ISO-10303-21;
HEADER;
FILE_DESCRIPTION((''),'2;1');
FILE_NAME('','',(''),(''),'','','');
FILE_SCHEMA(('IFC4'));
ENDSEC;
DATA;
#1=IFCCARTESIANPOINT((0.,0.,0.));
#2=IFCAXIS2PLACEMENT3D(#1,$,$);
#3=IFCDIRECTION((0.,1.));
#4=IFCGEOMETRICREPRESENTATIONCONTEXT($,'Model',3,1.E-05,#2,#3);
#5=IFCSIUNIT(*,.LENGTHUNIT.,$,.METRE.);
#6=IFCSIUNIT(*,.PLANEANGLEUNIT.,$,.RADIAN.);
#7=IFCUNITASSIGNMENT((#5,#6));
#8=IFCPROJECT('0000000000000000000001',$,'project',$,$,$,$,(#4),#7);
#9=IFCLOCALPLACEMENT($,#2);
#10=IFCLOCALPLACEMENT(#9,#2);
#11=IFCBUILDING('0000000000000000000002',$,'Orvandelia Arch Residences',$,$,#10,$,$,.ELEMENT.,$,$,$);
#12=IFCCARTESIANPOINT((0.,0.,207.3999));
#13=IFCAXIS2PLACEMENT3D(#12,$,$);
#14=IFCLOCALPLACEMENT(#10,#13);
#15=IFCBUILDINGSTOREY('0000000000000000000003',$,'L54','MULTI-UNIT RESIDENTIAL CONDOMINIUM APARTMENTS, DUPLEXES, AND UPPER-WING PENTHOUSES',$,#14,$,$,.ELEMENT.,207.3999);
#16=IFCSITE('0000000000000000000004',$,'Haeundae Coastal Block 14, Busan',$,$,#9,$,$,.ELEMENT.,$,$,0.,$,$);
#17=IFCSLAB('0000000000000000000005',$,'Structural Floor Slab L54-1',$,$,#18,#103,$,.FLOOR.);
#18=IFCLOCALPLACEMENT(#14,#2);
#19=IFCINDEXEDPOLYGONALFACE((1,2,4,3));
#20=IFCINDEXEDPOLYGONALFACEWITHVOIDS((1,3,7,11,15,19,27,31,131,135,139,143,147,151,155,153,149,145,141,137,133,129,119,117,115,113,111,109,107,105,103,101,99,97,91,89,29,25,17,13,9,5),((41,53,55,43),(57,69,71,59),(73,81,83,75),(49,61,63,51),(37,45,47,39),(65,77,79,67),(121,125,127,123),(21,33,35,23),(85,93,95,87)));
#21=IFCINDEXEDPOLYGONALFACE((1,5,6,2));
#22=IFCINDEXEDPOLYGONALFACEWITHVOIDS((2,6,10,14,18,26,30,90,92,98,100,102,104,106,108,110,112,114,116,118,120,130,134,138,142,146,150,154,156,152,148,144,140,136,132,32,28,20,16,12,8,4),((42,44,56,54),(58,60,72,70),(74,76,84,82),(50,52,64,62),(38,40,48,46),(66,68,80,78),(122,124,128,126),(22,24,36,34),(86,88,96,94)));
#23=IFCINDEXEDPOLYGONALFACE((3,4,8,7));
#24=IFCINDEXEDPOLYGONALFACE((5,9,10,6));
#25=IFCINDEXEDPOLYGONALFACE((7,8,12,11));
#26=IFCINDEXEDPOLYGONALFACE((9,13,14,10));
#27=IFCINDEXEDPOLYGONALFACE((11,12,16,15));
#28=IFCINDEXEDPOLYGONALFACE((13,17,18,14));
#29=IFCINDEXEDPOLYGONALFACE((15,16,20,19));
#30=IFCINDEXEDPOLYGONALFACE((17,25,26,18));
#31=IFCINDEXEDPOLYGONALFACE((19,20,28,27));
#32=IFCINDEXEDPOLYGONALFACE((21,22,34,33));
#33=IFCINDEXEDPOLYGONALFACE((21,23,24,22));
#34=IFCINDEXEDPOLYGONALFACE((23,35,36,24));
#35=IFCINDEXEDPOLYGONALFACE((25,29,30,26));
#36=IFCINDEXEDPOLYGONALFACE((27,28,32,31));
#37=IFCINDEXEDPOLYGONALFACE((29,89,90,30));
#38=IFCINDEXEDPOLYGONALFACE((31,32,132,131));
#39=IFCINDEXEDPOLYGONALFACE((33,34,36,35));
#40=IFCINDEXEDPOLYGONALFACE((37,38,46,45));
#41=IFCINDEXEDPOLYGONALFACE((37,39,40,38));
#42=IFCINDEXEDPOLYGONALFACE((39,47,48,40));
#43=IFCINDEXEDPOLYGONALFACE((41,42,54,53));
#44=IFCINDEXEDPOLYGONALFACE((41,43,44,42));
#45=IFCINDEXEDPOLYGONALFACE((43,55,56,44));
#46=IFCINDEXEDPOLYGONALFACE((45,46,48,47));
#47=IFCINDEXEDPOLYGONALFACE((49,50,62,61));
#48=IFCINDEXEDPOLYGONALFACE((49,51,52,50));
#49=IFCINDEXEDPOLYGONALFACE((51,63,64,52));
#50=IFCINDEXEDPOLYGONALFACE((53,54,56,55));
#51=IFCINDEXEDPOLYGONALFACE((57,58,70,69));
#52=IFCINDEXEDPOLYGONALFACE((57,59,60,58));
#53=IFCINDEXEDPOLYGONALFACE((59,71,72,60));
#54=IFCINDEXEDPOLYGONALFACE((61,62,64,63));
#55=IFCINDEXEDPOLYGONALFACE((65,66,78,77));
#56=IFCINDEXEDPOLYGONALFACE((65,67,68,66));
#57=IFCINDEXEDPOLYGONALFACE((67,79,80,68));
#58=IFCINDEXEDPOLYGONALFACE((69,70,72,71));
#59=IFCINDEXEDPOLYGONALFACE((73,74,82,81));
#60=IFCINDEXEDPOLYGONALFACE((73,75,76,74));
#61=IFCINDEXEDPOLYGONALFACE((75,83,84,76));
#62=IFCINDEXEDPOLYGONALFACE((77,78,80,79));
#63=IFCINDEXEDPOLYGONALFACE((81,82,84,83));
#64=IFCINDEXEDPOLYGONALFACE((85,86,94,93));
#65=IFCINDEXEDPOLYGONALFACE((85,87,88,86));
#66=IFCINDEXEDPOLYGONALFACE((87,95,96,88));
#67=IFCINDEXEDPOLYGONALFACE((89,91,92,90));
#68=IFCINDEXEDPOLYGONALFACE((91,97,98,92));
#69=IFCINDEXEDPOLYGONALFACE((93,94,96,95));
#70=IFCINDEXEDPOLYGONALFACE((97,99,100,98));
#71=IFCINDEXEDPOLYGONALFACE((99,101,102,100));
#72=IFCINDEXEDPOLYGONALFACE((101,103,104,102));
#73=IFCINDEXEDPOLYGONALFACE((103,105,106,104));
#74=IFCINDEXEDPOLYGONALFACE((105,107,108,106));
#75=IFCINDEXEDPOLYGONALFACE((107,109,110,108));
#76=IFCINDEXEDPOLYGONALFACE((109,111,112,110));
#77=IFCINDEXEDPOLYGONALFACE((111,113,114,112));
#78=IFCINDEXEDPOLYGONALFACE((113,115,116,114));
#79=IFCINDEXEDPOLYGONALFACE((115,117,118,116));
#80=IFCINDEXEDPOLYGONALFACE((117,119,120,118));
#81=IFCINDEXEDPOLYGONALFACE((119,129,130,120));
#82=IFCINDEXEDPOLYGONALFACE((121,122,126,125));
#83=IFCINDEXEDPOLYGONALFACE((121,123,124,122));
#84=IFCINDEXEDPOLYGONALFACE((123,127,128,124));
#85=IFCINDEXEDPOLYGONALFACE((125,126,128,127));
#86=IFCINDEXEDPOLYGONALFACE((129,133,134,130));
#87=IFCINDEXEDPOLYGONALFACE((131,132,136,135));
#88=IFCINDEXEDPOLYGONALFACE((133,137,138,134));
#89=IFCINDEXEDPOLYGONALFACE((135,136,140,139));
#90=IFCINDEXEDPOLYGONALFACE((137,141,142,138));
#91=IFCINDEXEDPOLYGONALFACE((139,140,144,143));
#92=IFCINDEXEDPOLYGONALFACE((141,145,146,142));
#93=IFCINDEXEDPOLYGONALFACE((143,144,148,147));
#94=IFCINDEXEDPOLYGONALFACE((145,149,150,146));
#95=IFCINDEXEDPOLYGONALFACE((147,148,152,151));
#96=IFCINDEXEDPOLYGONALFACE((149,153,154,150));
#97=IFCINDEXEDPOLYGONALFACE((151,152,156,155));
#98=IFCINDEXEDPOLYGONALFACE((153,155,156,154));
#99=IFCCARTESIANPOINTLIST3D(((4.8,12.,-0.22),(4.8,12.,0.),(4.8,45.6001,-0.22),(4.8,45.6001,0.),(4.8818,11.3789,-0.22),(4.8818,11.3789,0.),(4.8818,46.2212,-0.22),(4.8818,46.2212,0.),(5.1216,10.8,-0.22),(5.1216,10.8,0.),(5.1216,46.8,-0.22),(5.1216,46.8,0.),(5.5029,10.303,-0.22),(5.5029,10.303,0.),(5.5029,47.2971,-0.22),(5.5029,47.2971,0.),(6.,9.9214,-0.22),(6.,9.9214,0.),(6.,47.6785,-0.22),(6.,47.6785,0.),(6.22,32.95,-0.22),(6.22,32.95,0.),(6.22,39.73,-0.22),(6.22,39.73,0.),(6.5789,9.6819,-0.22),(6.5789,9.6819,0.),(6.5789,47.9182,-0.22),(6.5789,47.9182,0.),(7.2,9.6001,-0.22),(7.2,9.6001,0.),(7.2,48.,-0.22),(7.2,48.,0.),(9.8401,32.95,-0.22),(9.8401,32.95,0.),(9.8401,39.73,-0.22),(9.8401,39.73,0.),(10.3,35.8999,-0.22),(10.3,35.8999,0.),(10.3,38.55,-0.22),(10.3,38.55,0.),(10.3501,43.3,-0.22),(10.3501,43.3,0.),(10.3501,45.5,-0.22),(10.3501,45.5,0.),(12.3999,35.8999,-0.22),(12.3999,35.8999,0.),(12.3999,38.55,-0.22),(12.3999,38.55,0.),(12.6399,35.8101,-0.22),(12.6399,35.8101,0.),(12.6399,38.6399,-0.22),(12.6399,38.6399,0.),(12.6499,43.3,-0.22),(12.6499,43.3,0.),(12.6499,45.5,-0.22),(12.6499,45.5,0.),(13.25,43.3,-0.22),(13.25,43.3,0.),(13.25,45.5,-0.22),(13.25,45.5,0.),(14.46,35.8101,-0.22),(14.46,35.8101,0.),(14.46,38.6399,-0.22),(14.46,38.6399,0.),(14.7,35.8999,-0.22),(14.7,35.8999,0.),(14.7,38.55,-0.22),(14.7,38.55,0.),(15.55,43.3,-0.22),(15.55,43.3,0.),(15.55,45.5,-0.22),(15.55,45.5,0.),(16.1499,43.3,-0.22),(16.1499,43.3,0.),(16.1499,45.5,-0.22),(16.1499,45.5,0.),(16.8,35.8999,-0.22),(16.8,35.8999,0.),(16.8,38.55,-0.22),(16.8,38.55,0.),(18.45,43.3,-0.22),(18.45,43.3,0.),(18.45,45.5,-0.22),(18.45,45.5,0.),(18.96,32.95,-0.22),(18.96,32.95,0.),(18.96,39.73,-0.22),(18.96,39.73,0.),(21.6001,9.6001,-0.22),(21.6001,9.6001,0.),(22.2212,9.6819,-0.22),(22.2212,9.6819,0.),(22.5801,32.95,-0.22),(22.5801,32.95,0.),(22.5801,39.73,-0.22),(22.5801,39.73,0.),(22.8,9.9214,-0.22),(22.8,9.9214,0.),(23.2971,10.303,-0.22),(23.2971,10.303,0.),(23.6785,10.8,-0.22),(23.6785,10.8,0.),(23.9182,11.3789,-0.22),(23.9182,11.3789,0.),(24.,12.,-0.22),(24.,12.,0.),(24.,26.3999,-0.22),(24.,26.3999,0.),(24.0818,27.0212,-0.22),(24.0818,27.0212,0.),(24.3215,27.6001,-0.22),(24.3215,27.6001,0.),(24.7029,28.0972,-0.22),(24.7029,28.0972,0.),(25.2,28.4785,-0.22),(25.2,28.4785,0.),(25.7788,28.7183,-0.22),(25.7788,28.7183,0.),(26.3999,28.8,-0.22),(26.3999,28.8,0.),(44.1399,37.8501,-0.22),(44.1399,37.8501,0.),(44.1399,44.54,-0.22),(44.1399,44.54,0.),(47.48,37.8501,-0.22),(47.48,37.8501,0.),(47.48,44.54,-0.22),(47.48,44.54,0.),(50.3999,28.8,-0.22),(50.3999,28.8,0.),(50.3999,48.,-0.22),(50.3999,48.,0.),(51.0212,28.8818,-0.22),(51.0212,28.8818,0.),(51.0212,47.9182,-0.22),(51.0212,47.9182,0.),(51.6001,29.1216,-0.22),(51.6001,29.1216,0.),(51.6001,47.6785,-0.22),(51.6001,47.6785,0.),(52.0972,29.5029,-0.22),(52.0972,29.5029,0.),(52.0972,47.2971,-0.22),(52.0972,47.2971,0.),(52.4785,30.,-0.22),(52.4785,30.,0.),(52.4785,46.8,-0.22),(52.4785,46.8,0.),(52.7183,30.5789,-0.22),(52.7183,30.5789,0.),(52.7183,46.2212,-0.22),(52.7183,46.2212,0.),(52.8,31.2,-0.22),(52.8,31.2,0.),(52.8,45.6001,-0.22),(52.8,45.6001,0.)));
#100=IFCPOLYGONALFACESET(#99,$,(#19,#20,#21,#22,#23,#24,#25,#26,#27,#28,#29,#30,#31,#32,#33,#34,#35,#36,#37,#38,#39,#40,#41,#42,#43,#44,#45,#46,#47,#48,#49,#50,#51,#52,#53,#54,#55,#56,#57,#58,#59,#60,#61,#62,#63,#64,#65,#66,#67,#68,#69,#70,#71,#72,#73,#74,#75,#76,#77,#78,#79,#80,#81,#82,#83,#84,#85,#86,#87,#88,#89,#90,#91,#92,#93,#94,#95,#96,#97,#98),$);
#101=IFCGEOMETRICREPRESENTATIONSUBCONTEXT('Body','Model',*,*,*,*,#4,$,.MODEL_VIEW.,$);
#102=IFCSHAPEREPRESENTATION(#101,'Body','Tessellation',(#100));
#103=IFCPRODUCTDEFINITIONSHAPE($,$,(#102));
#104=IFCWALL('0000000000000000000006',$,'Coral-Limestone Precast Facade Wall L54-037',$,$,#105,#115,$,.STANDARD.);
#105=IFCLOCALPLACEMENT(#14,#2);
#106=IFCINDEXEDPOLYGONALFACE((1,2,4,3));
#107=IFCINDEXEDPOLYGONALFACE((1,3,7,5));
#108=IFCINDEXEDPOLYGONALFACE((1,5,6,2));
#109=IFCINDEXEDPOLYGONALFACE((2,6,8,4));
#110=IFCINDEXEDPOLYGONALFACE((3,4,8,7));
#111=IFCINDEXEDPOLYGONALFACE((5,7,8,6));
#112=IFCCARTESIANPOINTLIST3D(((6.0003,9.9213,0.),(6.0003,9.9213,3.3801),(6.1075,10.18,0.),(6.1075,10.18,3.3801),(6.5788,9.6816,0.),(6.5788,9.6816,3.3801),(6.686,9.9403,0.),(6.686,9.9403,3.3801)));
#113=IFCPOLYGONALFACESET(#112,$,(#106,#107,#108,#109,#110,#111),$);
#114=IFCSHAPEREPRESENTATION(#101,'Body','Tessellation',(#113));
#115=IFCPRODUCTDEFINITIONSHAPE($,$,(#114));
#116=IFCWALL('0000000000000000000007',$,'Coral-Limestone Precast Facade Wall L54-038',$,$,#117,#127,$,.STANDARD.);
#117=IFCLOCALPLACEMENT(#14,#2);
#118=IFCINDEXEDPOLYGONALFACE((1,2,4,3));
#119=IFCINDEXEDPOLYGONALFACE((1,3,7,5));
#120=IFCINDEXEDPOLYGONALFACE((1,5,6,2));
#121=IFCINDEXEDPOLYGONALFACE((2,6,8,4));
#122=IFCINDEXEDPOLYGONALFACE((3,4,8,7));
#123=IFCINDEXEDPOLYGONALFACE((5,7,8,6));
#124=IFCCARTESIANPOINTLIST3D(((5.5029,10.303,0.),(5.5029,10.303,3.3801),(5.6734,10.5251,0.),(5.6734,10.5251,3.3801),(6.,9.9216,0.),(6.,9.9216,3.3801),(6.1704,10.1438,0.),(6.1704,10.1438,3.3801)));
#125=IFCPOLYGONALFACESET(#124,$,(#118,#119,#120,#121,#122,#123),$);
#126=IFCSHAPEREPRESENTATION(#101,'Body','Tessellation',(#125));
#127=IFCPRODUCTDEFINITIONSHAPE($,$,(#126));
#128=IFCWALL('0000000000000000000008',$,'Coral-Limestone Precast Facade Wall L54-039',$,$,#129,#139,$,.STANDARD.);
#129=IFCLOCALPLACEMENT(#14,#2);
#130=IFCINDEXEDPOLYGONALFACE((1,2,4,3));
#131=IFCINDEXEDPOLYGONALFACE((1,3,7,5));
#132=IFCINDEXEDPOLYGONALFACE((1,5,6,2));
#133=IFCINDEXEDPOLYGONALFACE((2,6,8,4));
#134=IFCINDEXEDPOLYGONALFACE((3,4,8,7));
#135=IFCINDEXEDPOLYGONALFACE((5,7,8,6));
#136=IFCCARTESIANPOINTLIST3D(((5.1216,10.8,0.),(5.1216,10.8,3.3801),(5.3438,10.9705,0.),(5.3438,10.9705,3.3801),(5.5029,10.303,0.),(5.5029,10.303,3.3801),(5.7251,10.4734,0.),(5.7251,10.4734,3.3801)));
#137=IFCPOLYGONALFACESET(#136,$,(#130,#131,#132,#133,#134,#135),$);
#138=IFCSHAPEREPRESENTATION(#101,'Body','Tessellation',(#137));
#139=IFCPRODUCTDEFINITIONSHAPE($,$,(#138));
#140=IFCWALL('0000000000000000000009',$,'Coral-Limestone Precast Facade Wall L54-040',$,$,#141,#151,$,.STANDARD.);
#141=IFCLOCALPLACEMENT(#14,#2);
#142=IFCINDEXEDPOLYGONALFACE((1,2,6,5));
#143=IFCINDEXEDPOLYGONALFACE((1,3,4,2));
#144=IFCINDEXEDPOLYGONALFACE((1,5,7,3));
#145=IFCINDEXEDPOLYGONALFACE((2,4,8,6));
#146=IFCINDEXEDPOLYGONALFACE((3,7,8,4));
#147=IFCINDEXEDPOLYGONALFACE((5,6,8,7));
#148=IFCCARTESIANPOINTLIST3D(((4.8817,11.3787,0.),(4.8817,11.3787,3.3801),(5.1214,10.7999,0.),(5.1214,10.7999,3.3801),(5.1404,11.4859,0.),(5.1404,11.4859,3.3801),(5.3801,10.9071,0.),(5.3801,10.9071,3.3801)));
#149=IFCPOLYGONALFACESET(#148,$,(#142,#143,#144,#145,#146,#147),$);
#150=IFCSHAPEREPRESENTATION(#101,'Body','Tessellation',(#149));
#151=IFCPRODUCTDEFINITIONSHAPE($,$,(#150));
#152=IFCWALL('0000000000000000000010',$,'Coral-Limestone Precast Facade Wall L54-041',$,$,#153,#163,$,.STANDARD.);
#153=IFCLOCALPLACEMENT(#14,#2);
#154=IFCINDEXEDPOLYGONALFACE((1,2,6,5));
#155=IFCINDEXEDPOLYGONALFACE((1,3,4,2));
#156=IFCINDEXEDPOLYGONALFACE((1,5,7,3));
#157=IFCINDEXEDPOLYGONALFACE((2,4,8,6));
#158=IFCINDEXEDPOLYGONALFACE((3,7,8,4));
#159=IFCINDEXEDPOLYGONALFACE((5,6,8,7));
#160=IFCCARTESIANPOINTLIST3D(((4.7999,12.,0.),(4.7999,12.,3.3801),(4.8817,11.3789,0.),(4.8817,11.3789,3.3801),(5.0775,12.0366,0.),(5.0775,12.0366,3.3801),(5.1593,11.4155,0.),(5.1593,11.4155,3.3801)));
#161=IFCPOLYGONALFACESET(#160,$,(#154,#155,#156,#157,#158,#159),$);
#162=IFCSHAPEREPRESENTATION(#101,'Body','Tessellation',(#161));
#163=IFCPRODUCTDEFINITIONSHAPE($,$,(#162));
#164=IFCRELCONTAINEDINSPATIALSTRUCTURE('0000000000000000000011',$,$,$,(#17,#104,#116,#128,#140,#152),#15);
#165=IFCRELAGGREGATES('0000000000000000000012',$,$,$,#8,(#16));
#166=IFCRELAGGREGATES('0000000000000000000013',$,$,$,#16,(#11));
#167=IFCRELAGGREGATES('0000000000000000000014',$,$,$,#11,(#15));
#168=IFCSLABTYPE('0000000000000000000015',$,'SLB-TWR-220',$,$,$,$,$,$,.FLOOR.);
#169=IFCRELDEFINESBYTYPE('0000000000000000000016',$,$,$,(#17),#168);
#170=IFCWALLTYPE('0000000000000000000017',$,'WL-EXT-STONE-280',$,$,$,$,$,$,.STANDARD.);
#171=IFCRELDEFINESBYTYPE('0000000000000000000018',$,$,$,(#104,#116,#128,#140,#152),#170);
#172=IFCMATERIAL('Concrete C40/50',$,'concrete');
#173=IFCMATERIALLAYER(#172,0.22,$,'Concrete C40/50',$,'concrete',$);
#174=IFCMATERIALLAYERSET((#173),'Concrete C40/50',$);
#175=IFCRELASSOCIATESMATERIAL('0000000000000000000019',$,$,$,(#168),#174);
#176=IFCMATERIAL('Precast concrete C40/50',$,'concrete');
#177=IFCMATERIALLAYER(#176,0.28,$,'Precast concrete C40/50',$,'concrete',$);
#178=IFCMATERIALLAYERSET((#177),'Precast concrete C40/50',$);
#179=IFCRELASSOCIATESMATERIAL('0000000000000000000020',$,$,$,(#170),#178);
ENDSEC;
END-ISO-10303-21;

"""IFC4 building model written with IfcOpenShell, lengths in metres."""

from ifc_helpers import new_model, si_unit, direction, frame, frame_2d, origin, place, context, subcontext, project, spatial, polyline, rectangle, outline, extrude, material, layer, layer_set, type_object, element, save


model = new_model("IFC4")

# Units and contexts
model_context = context("Model", 3, precision=1e-05, world=origin(), true_north=direction((0.0, 1.0)))
body_context = subcontext(model_context, "Body", "Model", "MODEL_VIEW")
ifc_project = project(units=[si_unit("LENGTHUNIT", "METRE"), si_unit("PLANEANGLEUNIT", "RADIAN")], contexts=[model_context])

# Site, building, storey
site_placement = place(None, origin())
site = spatial("IfcSite", under=ifc_project, at=site_placement, Name="Haeundae Coastal Block 14, Busan", CompositionType="ELEMENT", RefElevation=0.0)
building_placement = place(site_placement, origin())
building = spatial("IfcBuilding", under=site, at=building_placement, Name="Orvandelia Arch Residences", CompositionType="ELEMENT")
storey_placement = place(building_placement, frame((0.0, 0.0, 207.3999)))
storey = spatial("IfcBuildingStorey", under=building, at=storey_placement, Name="L54", Description="MULTI-UNIT RESIDENTIAL CONDOMINIUM APARTMENTS, DUPLEXES, AND UPPER-WING PENTHOUSES", CompositionType="ELEMENT", Elevation=207.3999)

# Shared definitions
ifc_material_1 = material(Name="Precast concrete C40/50", Category="concrete")

# Shared definitions
ifc_material_2 = material(Name="Concrete C40/50", Category="concrete")

# Slab
ifc_layer_1 = layer(ifc_material_2, 0.22, Name="Concrete C40/50", Category="concrete")
ifc_layer_set_1 = layer_set([ifc_layer_1], Name="Concrete C40/50")
slab_type_1 = type_object("IfcSlabType", Name="SLB-TWR-220", PredefinedType="FLOOR", material=ifc_layer_set_1)
slab_1_placement = place(storey_placement, frame((0.0, 0.0, -0.22)))
element("IfcSlab", 1, at=slab_1_placement, inside=storey, type_object=slab_type_1, Name="Structural Floor Slab L54-1", PredefinedType="FLOOR", context=body_context, shape_type="SweptSolid", body=[
    extrude(outline(polyline([(4.8, 12.0), (4.8818, 11.3789), (5.1216, 10.8), (5.5029, 10.303), (6.0, 9.9214), (6.5789, 9.6819), (7.2, 9.6001), (21.6001, 9.6001), (22.2212, 9.6819), (22.8, 9.9214), (23.2971, 10.303), (23.6785, 10.8), (23.9182, 11.3789), (24.0, 12.0), (24.0, 26.3999), (24.0818, 27.0212), (24.3215, 27.6001), (24.7029, 28.0972), (25.2, 28.4785), (25.7788, 28.7183), (26.3999, 28.8), (50.3999, 28.8), (51.0212, 28.8818), (51.6001, 29.1216), (52.0972, 29.5029), (52.4785, 30.0), (52.7183, 30.5789), (52.8, 31.2), (52.8, 45.6001), (52.7183, 46.2212), (52.4785, 46.8), (52.0972, 47.2971), (51.6001, 47.6785), (51.0212, 47.9182), (50.3999, 48.0), (7.2, 48.0), (6.5789, 47.9182), (6.0, 47.6785), (5.5029, 47.2971), (5.1216, 46.8), (4.8818, 46.2212), (4.8, 45.6001), (4.8, 12.0)]), holes=[polyline([(6.22, 32.95), (9.8401, 32.95), (9.8401, 39.73), (6.22, 39.73), (6.22, 32.95)]), polyline([(18.96, 32.95), (22.5801, 32.95), (22.5801, 39.73), (18.96, 39.73), (18.96, 32.95)]), polyline([(44.1399, 37.8501), (47.48, 37.8501), (47.48, 44.54), (44.1399, 44.54), (44.1399, 37.8501)]), polyline([(12.6399, 35.8101), (14.46, 35.8101), (14.46, 38.6399), (12.6399, 38.6399), (12.6399, 35.8101)]), polyline([(10.3, 35.8999), (12.3999, 35.8999), (12.3999, 38.55), (10.3, 38.55), (10.3, 35.8999)]), polyline([(14.7, 35.8999), (16.8, 35.8999), (16.8, 38.55), (14.7, 38.55), (14.7, 35.8999)]), polyline([(10.3501, 43.3), (12.6499, 43.3), (12.6499, 45.5), (10.3501, 45.5), (10.3501, 43.3)]), polyline([(13.25, 43.3), (15.55, 43.3), (15.55, 45.5), (13.25, 45.5), (13.25, 43.3)]), polyline([(16.1499, 43.3), (18.45, 43.3), (18.45, 45.5), (16.1499, 45.5), (16.1499, 43.3)])]), origin(), (0.0, 0.0, 1.0), 0.22),
])

# Walls
ifc_layer_2 = layer(ifc_material_1, 0.28, Name="Precast concrete C40/50", Category="concrete")
ifc_layer_set_2 = layer_set([ifc_layer_2], Name="Precast concrete C40/50")
wall_type = type_object("IfcWallType", Name="WL-EXT-STONE-280", PredefinedType="STANDARD", material=ifc_layer_set_2)
wall_1_placement = place(storey_placement, frame((6.6323, 9.811, 0.0), z_axis=(0.0, 0.0, 1.0), x_axis=(-0.923836, 0.382788, 0.0)))
element("IfcWall", 2, at=wall_1_placement, inside=storey, type_object=wall_type, Name="Coral-Limestone Precast Facade Wall L54-037", PredefinedType="STANDARD", context=body_context, shape_type="SweptSolid", body=[
    extrude(rectangle(XDim=0.6262, YDim=0.28, at=frame_2d((0.313, 0.0))), origin(), (0.0, 0.0, 1.0), 3.3801),
])
for number, where, z_axis, x_axis, name in (
    (3, (6.0852, 10.0327, 0.0), (0.0, 0.0, 1.0), (-0.793406, 0.608693, 0.0), "Coral-Limestone Precast Facade Wall L54-038"),
    (4, (5.614, 10.3882, 0.0), (0.0, 0.0, 1.0), (-0.608693, 0.793406, 0.0), "Coral-Limestone Precast Facade Wall L54-039"),
    (5, (5.2507, 10.8535, 0.0), (0.0, 0.0, 1.0), (-0.38265, 0.923893, 0.0), "Coral-Limestone Precast Facade Wall L54-040"),
    (6, (5.0205, 11.3972, 0.0), (0.0, 0.0, 1.0), (-0.130555, 0.991441, 0.0), "Coral-Limestone Precast Facade Wall L54-041"),
):
    element("IfcWall", number, at=place(storey_placement, frame(where, z_axis=z_axis, x_axis=x_axis)), inside=storey, type_object=wall_type, Name=name, PredefinedType="STANDARD", context=body_context, shape_type="SweptSolid", body=[
        extrude(rectangle(XDim=0.6265, YDim=0.28, at=frame_2d((0.3132, 0.0))), origin(), (0.0, 0.0, 1.0), 3.3801),
    ])

save(model, "model.ifc")
